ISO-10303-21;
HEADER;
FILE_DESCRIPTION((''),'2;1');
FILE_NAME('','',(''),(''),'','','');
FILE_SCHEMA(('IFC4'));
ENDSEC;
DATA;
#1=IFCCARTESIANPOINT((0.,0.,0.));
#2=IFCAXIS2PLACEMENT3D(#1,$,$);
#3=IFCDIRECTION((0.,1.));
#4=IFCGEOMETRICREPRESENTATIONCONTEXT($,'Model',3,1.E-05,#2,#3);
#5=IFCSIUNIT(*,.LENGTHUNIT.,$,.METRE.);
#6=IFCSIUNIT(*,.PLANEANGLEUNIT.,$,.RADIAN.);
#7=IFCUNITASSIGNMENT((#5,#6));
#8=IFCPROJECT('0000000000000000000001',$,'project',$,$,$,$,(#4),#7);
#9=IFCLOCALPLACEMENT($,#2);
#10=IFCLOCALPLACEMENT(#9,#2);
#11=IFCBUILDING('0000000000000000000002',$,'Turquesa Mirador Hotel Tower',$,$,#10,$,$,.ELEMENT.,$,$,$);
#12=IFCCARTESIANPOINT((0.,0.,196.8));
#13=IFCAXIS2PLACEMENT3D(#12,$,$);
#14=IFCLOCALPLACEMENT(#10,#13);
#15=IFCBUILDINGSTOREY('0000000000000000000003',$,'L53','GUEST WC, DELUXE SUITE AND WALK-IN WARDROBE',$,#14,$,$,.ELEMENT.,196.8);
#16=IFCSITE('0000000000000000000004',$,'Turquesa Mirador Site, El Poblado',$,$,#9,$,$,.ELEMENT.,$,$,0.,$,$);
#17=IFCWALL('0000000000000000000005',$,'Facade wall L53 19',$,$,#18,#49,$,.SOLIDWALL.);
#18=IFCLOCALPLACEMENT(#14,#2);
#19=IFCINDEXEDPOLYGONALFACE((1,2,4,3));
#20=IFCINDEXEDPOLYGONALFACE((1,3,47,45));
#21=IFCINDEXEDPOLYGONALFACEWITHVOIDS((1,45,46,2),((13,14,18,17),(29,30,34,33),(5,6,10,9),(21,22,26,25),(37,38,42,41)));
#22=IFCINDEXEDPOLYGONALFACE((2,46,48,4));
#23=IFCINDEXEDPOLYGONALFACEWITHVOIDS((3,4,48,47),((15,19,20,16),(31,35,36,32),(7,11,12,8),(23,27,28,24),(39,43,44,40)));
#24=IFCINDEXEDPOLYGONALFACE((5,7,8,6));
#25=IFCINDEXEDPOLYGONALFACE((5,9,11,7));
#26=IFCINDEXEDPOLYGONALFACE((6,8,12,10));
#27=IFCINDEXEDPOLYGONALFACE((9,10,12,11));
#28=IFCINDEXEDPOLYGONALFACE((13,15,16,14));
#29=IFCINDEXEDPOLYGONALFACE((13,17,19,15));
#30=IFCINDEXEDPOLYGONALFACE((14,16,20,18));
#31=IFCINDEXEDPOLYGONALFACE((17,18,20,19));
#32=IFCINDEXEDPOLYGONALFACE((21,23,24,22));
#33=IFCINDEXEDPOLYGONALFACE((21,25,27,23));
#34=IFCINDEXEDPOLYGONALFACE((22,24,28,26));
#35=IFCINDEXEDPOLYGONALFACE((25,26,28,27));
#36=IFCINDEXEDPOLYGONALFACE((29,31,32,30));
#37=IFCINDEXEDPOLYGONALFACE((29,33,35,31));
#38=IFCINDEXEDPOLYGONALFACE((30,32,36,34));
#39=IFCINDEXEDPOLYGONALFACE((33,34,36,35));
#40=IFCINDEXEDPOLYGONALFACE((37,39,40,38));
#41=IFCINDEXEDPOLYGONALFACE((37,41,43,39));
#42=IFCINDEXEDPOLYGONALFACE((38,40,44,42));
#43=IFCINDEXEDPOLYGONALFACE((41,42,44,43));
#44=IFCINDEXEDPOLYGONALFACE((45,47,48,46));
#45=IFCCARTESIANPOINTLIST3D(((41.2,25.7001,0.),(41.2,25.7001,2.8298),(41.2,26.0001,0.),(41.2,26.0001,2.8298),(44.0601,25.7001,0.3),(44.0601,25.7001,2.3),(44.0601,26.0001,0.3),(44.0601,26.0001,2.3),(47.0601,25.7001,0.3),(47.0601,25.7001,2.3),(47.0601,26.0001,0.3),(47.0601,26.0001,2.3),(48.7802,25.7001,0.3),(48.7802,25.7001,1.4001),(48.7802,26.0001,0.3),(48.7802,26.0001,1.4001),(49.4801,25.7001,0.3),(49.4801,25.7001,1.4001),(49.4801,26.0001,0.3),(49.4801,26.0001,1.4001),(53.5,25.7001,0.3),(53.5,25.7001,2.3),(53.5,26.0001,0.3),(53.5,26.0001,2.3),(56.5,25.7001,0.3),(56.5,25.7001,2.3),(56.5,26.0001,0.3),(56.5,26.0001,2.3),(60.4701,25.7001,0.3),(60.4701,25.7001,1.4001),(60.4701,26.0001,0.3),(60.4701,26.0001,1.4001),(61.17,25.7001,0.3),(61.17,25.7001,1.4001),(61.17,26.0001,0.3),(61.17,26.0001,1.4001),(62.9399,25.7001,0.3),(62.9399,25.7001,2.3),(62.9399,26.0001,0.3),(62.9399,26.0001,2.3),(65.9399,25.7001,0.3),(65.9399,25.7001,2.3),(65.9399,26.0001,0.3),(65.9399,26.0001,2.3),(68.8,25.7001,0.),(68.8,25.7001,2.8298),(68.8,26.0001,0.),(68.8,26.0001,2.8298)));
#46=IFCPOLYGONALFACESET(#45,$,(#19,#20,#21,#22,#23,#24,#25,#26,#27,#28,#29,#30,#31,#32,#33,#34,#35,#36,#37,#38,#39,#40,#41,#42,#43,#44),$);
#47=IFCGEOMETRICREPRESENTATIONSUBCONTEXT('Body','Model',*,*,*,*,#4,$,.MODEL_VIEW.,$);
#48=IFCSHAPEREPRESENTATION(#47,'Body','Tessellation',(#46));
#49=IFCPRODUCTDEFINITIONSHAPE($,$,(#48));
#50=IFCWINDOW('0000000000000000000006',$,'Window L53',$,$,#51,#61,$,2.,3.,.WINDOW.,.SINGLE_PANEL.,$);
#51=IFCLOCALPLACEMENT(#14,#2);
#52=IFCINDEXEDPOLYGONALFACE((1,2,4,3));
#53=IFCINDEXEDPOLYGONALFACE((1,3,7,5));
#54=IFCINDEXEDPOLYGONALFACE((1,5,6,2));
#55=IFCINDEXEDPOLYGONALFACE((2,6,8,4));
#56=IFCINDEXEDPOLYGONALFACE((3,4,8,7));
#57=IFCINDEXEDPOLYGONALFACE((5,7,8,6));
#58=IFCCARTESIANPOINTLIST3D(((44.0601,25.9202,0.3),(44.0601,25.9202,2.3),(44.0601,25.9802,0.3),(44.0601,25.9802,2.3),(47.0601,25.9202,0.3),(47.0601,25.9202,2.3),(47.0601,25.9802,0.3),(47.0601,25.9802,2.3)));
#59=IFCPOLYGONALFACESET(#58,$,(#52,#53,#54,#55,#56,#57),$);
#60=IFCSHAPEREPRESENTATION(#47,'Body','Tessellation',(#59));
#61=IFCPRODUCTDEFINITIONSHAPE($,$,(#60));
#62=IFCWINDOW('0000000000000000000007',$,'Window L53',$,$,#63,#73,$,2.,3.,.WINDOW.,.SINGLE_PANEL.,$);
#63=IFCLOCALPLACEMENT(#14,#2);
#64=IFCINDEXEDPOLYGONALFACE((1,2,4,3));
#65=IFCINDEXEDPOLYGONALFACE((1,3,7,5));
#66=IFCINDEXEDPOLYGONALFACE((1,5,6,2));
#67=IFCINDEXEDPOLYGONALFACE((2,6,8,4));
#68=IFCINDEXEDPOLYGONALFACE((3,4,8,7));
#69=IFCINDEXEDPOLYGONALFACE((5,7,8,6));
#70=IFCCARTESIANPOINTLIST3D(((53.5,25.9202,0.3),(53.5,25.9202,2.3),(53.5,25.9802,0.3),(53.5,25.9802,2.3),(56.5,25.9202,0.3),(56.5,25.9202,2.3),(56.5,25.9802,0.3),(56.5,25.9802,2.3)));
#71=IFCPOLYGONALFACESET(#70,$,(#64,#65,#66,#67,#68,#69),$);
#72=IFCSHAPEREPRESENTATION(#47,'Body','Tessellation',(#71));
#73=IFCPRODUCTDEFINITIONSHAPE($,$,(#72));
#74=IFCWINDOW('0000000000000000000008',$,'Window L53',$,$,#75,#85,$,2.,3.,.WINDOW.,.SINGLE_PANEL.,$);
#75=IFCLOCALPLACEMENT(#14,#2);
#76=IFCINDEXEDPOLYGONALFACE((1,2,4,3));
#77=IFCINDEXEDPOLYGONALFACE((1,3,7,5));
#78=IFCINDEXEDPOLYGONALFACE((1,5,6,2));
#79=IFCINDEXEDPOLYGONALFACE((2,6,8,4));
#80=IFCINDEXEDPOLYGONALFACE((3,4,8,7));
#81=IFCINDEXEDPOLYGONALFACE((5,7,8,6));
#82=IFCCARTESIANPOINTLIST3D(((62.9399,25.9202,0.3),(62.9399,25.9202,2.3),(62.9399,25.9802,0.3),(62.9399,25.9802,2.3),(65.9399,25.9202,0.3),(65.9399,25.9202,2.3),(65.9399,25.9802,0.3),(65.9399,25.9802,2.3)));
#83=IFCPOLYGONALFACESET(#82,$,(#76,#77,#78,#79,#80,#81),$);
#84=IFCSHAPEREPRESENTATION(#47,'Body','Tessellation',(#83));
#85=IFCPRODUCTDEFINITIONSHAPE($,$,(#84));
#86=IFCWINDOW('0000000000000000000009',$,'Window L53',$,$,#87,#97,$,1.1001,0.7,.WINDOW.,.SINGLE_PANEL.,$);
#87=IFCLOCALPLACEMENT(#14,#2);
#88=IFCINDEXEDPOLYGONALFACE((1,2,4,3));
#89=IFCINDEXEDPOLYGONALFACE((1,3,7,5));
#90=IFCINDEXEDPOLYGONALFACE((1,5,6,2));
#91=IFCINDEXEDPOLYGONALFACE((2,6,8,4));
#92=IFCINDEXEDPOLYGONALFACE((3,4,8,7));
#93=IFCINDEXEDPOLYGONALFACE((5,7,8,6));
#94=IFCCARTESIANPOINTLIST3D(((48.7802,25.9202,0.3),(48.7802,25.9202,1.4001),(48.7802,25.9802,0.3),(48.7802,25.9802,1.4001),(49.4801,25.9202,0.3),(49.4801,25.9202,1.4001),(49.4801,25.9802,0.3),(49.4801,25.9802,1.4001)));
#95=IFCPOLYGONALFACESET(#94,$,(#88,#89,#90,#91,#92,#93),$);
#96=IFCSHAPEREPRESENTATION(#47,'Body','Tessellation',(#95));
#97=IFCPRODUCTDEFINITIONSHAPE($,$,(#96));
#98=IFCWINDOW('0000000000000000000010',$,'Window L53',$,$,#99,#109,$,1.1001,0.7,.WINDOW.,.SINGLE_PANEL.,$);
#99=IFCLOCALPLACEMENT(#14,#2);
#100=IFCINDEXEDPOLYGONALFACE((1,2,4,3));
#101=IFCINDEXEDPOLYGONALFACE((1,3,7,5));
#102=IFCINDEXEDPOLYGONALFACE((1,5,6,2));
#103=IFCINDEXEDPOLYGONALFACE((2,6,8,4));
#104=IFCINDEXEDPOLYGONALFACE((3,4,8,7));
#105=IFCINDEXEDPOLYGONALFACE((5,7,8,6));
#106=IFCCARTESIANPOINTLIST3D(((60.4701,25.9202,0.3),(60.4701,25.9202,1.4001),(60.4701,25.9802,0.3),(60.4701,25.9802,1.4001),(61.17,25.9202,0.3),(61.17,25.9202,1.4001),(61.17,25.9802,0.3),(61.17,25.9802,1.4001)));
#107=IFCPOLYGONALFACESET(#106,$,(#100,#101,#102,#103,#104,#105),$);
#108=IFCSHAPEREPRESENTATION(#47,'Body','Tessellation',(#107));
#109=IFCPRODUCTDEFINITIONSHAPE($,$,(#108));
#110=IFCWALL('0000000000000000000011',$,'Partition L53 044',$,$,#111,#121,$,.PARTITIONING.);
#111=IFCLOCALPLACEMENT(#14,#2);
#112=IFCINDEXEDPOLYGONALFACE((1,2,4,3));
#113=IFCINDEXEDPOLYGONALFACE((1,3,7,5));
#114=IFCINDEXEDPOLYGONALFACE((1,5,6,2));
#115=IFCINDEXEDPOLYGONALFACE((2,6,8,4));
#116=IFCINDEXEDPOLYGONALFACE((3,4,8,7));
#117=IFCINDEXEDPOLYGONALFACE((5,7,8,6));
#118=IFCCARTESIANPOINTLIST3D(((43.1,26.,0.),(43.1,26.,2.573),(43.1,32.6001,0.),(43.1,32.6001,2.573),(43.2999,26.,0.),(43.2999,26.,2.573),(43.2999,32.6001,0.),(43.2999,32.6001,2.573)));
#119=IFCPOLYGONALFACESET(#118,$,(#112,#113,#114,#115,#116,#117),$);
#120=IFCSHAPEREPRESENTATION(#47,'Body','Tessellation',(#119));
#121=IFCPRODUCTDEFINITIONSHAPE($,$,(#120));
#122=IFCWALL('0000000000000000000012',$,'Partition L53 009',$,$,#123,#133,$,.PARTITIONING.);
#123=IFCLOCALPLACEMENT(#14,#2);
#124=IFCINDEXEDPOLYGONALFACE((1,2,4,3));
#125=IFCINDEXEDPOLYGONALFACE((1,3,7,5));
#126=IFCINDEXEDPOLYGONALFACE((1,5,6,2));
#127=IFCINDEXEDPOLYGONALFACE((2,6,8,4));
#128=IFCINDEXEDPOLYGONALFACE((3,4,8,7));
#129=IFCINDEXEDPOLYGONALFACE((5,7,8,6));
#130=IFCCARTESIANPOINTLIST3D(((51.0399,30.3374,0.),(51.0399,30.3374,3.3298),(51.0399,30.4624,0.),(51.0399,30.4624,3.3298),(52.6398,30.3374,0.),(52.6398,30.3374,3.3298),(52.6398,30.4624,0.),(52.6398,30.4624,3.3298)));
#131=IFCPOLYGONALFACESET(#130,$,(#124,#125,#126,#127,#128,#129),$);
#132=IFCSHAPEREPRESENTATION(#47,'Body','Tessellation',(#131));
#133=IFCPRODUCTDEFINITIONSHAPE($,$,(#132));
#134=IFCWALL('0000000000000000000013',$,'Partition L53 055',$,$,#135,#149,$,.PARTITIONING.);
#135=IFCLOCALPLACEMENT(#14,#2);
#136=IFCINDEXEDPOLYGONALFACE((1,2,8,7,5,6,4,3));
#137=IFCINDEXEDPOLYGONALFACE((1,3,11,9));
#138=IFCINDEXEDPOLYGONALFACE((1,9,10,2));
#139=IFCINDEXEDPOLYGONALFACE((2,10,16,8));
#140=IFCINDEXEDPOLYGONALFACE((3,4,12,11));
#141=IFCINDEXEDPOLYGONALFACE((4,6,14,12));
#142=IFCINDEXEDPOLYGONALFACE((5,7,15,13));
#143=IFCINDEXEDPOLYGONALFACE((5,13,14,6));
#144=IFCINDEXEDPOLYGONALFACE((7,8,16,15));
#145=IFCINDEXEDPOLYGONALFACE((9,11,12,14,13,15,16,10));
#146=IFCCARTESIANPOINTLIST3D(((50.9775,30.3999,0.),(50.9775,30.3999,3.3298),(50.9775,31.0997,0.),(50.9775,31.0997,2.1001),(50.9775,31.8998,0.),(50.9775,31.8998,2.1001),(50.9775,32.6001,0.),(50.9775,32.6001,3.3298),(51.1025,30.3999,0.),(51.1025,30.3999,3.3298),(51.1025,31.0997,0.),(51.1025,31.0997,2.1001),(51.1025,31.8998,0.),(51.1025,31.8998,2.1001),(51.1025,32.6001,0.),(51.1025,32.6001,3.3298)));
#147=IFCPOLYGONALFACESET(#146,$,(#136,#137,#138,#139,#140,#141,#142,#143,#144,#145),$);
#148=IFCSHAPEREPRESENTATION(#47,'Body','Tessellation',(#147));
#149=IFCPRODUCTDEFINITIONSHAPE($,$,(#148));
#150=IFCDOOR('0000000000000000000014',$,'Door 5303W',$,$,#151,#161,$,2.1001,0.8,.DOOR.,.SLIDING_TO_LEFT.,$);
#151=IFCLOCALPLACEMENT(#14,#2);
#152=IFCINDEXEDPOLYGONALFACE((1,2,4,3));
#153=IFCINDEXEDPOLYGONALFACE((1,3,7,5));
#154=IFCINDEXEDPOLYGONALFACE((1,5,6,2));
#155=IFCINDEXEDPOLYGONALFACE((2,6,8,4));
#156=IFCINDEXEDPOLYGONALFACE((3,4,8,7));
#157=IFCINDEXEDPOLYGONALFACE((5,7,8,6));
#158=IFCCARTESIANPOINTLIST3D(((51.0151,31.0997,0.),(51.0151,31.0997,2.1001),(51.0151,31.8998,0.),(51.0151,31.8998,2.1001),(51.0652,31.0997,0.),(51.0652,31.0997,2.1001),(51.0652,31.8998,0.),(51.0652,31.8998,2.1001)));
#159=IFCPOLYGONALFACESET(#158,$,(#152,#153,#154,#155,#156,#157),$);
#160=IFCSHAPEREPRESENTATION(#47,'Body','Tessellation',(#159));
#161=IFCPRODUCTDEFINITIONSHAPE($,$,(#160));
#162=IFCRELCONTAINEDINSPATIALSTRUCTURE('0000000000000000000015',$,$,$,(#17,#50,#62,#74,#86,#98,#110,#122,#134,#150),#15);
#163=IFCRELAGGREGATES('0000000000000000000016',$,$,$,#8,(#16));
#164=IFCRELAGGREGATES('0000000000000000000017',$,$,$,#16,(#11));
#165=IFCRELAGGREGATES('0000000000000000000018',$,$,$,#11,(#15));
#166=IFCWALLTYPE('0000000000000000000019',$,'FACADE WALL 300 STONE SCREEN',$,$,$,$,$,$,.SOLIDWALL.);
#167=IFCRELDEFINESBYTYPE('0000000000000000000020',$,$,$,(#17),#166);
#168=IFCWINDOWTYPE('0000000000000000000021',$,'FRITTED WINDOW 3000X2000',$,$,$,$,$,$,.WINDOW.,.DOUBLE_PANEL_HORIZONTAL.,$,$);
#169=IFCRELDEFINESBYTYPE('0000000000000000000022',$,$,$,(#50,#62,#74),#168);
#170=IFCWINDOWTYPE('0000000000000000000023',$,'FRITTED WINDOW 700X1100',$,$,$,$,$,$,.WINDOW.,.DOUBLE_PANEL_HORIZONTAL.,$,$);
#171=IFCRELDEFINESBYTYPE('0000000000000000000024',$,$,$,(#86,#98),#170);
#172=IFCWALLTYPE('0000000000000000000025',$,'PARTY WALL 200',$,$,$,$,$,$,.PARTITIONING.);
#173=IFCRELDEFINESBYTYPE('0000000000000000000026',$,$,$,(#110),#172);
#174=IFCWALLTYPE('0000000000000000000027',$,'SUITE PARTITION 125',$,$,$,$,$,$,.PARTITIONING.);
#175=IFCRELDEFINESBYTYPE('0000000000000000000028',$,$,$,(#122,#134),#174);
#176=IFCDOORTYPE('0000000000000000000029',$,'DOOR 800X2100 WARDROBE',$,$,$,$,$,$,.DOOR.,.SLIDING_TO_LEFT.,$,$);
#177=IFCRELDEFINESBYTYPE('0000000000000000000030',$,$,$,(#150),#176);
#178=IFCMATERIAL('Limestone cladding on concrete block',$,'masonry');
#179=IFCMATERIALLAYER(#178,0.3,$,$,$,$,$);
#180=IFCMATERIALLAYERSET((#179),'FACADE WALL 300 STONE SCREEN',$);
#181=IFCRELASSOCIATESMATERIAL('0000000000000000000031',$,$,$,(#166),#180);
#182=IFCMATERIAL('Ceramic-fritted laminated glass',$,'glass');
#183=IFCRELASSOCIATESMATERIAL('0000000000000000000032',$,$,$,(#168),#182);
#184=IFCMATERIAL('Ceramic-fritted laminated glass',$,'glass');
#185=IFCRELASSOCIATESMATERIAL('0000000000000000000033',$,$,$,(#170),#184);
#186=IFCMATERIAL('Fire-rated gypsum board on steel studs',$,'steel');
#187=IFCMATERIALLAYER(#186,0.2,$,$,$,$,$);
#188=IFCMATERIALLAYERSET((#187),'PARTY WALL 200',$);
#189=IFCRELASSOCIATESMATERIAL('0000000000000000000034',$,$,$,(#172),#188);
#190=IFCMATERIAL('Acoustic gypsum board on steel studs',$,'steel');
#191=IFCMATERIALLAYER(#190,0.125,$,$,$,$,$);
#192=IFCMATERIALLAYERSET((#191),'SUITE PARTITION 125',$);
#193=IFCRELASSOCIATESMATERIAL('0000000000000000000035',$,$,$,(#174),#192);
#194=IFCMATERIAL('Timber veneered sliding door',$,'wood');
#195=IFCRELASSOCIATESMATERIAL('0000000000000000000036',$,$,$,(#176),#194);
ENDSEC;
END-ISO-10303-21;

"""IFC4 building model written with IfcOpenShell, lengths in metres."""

from ifc_helpers import new_model, si_unit, direction, frame, frame_2d, origin, place, context, subcontext, project, spatial, rectangle, extrude, material, layer, layer_set, type_object, element, fill, save


model = new_model("IFC4")

# Units and contexts
model_context = context("Model", 3, precision=1e-05, world=origin(), true_north=direction((0.0, 1.0)))
body_context = subcontext(model_context, "Body", "Model", "MODEL_VIEW")
ifc_project = project(units=[si_unit("LENGTHUNIT", "METRE"), si_unit("PLANEANGLEUNIT", "RADIAN")], contexts=[model_context])

# Site, building, storey
site_placement = place(None, origin())
site = spatial("IfcSite", under=ifc_project, at=site_placement, Name="Turquesa Mirador Site, El Poblado", CompositionType="ELEMENT", RefElevation=0.0)
building_placement = place(site_placement, origin())
building = spatial("IfcBuilding", under=site, at=building_placement, Name="Turquesa Mirador Hotel Tower", CompositionType="ELEMENT")
storey_placement = place(building_placement, frame((0.0, 0.0, 196.8)))
storey = spatial("IfcBuildingStorey", under=building, at=storey_placement, Name="L53", Description="GUEST WC, DELUXE SUITE AND WALK-IN WARDROBE", CompositionType="ELEMENT", Elevation=196.8)

# Wall, openings, windows
ifc_material_1 = material(Name="Limestone cladding on concrete block", Category="masonry")
ifc_layer_1 = layer(ifc_material_1, 0.3)
ifc_layer_set_1 = layer_set([ifc_layer_1], Name="FACADE WALL 300 STONE SCREEN")
wall_type_1 = type_object("IfcWallType", Name="FACADE WALL 300 STONE SCREEN", PredefinedType="SOLIDWALL", material=ifc_layer_set_1)
wall_1_placement = place(storey_placement, frame((41.2, 25.8501, 0.0), z_axis=(0.0, 0.0, 1.0), x_axis=(1.0, 0.0, 0.0)))
wall_1 = element("IfcWall", 1, at=wall_1_placement, inside=storey, type_object=wall_type_1, Name="Facade wall L53 19", PredefinedType="SOLIDWALL", context=body_context, shape_type="SweptSolid", body=[
    extrude(rectangle(XDim=27.6001, YDim=0.3, at=frame_2d((13.8, 0.0))), origin(), (0.0, 0.0, 1.0), 2.8298),
])
opening_1_placement = place(wall_1_placement, frame((2.8601, 0.0, 0.3)))
opening_1 = element("IfcOpeningElement", 2, at=opening_1_placement, cuts=wall_1, PredefinedType="OPENING", context=body_context, shape_type="SweptSolid", body=[
    extrude(rectangle(XDim=3.0, YDim=2.0, at=frame_2d((1.5, 1.0))), frame((0.0, 0.1599, 0.0), z_axis=(0.0, -1.0, 0.0), x_axis=(1.0, 0.0, 0.0)), (0.0, 0.0, 1.0), 0.3201),
])
opening_2_placement = place(wall_1_placement, frame((7.5801, 0.0, 0.3)))
opening_2 = element("IfcOpeningElement", 3, at=opening_2_placement, cuts=wall_1, PredefinedType="OPENING", context=body_context, shape_type="SweptSolid", body=[
    extrude(rectangle(XDim=0.7, YDim=1.1001, at=frame_2d((0.3501, 0.55))), frame((0.0, 0.1599, 0.0), z_axis=(0.0, -1.0, 0.0), x_axis=(1.0, 0.0, 0.0)), (0.0, 0.0, 1.0), 0.3201),
])
opening_3_placement = place(wall_1_placement, frame((12.3, 0.0, 0.3)))
opening_3 = element("IfcOpeningElement", 4, at=opening_3_placement, cuts=wall_1, PredefinedType="OPENING", context=body_context, shape_type="SweptSolid", body=[
    extrude(rectangle(XDim=3.0, YDim=2.0, at=frame_2d((1.5, 1.0))), frame((0.0, 0.1599, 0.0), z_axis=(0.0, -1.0, 0.0), x_axis=(1.0, 0.0, 0.0)), (0.0, 0.0, 1.0), 0.3201),
])
opening_4_placement = place(wall_1_placement, frame((19.27, 0.0, 0.3)))
opening_4 = element("IfcOpeningElement", 5, at=opening_4_placement, cuts=wall_1, PredefinedType="OPENING", context=body_context, shape_type="SweptSolid", body=[
    extrude(rectangle(XDim=0.7, YDim=1.1001, at=frame_2d((0.3501, 0.55))), frame((0.0, 0.1599, 0.0), z_axis=(0.0, -1.0, 0.0), x_axis=(1.0, 0.0, 0.0)), (0.0, 0.0, 1.0), 0.3201),
])
opening_5_placement = place(wall_1_placement, frame((21.74, 0.0, 0.3)))
opening_5 = element("IfcOpeningElement", 6, at=opening_5_placement, cuts=wall_1, PredefinedType="OPENING", context=body_context, shape_type="SweptSolid", body=[
    extrude(rectangle(XDim=3.0, YDim=2.0, at=frame_2d((1.5, 1.0))), frame((0.0, 0.1599, 0.0), z_axis=(0.0, -1.0, 0.0), x_axis=(1.0, 0.0, 0.0)), (0.0, 0.0, 1.0), 0.3201),
])
ifc_material_2 = material(Name="Ceramic-fritted laminated glass", Category="glass")
window_type_1 = type_object("IfcWindowType", Name="FRITTED WINDOW 3000X2000", PartitioningType="DOUBLE_PANEL_HORIZONTAL", PredefinedType="WINDOW", material=ifc_material_2)
window_1_placement = place(opening_1_placement, origin())
window_1 = element("IfcWindow", 7, at=window_1_placement, inside=storey, type_object=window_type_1, Name="Window L53", OverallHeight=2.0, OverallWidth=3.0, PartitioningType="SINGLE_PANEL", PredefinedType="WINDOW", context=body_context, shape_type="SweptSolid", body=[
    extrude(rectangle(XDim=3.0, YDim=2.0, at=frame_2d((1.5, 1.0))), frame((0.0, 0.1301, 0.0), z_axis=(0.0, -1.0, 0.0), x_axis=(1.0, 0.0, 0.0)), (0.0, 0.0, 1.0), 0.0601),
])
fill(opening_1, window_1)
window_2_placement = place(opening_3_placement, origin())
window_2 = element("IfcWindow", 8, at=window_2_placement, inside=storey, type_object=window_type_1, Name="Window L53", OverallHeight=2.0, OverallWidth=3.0, PartitioningType="SINGLE_PANEL", PredefinedType="WINDOW", context=body_context, shape_type="SweptSolid", body=[
    extrude(rectangle(XDim=3.0, YDim=2.0, at=frame_2d((1.5, 1.0))), frame((0.0, 0.1301, 0.0), z_axis=(0.0, -1.0, 0.0), x_axis=(1.0, 0.0, 0.0)), (0.0, 0.0, 1.0), 0.0601),
])
fill(opening_3, window_2)
window_3_placement = place(opening_5_placement, origin())
window_3 = element("IfcWindow", 9, at=window_3_placement, inside=storey, type_object=window_type_1, Name="Window L53", OverallHeight=2.0, OverallWidth=3.0, PartitioningType="SINGLE_PANEL", PredefinedType="WINDOW", context=body_context, shape_type="SweptSolid", body=[
    extrude(rectangle(XDim=3.0, YDim=2.0, at=frame_2d((1.5, 1.0))), frame((0.0, 0.1301, 0.0), z_axis=(0.0, -1.0, 0.0), x_axis=(1.0, 0.0, 0.0)), (0.0, 0.0, 1.0), 0.0601),
])
fill(opening_5, window_3)
ifc_material_3 = material(Name="Ceramic-fritted laminated glass", Category="glass")
window_type_2 = type_object("IfcWindowType", Name="FRITTED WINDOW 700X1100", PartitioningType="DOUBLE_PANEL_HORIZONTAL", PredefinedType="WINDOW", material=ifc_material_3)
window_4_placement = place(opening_2_placement, origin())
window_4 = element("IfcWindow", 10, at=window_4_placement, inside=storey, type_object=window_type_2, Name="Window L53", OverallHeight=1.1001, OverallWidth=0.7, PartitioningType="SINGLE_PANEL", PredefinedType="WINDOW", context=body_context, shape_type="SweptSolid", body=[
    extrude(rectangle(XDim=0.7, YDim=1.1001, at=frame_2d((0.3501, 0.55))), frame((0.0, 0.1301, 0.0), z_axis=(0.0, -1.0, 0.0), x_axis=(1.0, 0.0, 0.0)), (0.0, 0.0, 1.0), 0.0601),
])
fill(opening_2, window_4)
window_5_placement = place(opening_4_placement, origin())
window_5 = element("IfcWindow", 11, at=window_5_placement, inside=storey, type_object=window_type_2, Name="Window L53", OverallHeight=1.1001, OverallWidth=0.7, PartitioningType="SINGLE_PANEL", PredefinedType="WINDOW", context=body_context, shape_type="SweptSolid", body=[
    extrude(rectangle(XDim=0.7, YDim=1.1001, at=frame_2d((0.3501, 0.55))), frame((0.0, 0.1301, 0.0), z_axis=(0.0, -1.0, 0.0), x_axis=(1.0, 0.0, 0.0)), (0.0, 0.0, 1.0), 0.0601),
])
fill(opening_4, window_5)

# Walls
ifc_material_4 = material(Name="Fire-rated gypsum board on steel studs", Category="steel")
ifc_layer_2 = layer(ifc_material_4, 0.2)
ifc_layer_set_2 = layer_set([ifc_layer_2], Name="PARTY WALL 200")
wall_type_2 = type_object("IfcWallType", Name="PARTY WALL 200", PredefinedType="PARTITIONING", material=ifc_layer_set_2)
wall_2_placement = place(storey_placement, frame((43.2, 26.0, 0.0), z_axis=(0.0, 0.0, 1.0), x_axis=(0.0, 1.0, 0.0)))
element("IfcWall", 12, at=wall_2_placement, inside=storey, type_object=wall_type_2, Name="Partition L53 044", PredefinedType="PARTITIONING", context=body_context, shape_type="SweptSolid", body=[
    extrude(rectangle(XDim=6.6001, YDim=0.2, at=frame_2d((3.3, 0.0))), origin(), (0.0, 0.0, 1.0), 2.573),
])
ifc_material_5 = material(Name="Acoustic gypsum board on steel studs", Category="steel")
ifc_layer_3 = layer(ifc_material_5, 0.125)
ifc_layer_set_3 = layer_set([ifc_layer_3], Name="SUITE PARTITION 125")
wall_type_3 = type_object("IfcWallType", Name="SUITE PARTITION 125", PredefinedType="PARTITIONING", material=ifc_layer_set_3)
wall_3_placement = place(storey_placement, frame((51.04, 30.3999, 0.0), z_axis=(0.0, 0.0, 1.0), x_axis=(1.0, 0.0, 0.0)))
element("IfcWall", 13, at=wall_3_placement, inside=storey, type_object=wall_type_3, Name="Partition L53 009", PredefinedType="PARTITIONING", context=body_context, shape_type="SweptSolid", body=[
    extrude(rectangle(XDim=1.5999, YDim=0.125, at=frame_2d((0.7998, 0.0))), origin(), (0.0, 0.0, 1.0), 3.3298),
])

# Wall, opening, door
wall_4_placement = place(storey_placement, frame((51.04, 30.3999, 0.0), z_axis=(0.0, 0.0, 1.0), x_axis=(0.0, 1.0, 0.0)))
wall_4 = element("IfcWall", 14, at=wall_4_placement, inside=storey, type_object=wall_type_3, Name="Partition L53 055", PredefinedType="PARTITIONING", context=body_context, shape_type="SweptSolid", body=[
    extrude(rectangle(XDim=2.2002, YDim=0.125, at=frame_2d((1.1001, 0.0))), origin(), (0.0, 0.0, 1.0), 3.3298),
])
opening_6_placement = place(wall_4_placement, frame((0.7, 0.0, 0.0)))
opening_6 = element("IfcOpeningElement", 15, at=opening_6_placement, cuts=wall_4, PredefinedType="OPENING", context=body_context, shape_type="SweptSolid", body=[
    extrude(rectangle(XDim=0.8, YDim=2.1001, at=frame_2d((0.3999, 1.05))), frame((0.0, 0.0725, 0.0), z_axis=(0.0, -1.0, 0.0), x_axis=(1.0, 0.0, 0.0)), (0.0, 0.0, 1.0), 0.145),
])
ifc_material_6 = material(Name="Timber veneered sliding door", Category="wood")
door_type_1 = type_object("IfcDoorType", Name="DOOR 800X2100 WARDROBE", OperationType="SLIDING_TO_LEFT", PredefinedType="DOOR", material=ifc_material_6)
door_1_placement = place(opening_6_placement, origin())
door_1 = element("IfcDoor", 16, at=door_1_placement, inside=storey, type_object=door_type_1, Name="Door 5303W", OperationType="SLIDING_TO_LEFT", OverallHeight=2.1001, OverallWidth=0.8, PredefinedType="DOOR", context=body_context, shape_type="SweptSolid", body=[
    extrude(rectangle(XDim=0.8, YDim=2.1001, at=frame_2d((0.3999, 1.05))), frame((0.0, 0.0249, 0.0), z_axis=(0.0, -1.0, 0.0), x_axis=(1.0, 0.0, 0.0)), (0.0, 0.0, 1.0), 0.05),
])
fill(opening_6, door_1)

save(model, "model.ifc")
